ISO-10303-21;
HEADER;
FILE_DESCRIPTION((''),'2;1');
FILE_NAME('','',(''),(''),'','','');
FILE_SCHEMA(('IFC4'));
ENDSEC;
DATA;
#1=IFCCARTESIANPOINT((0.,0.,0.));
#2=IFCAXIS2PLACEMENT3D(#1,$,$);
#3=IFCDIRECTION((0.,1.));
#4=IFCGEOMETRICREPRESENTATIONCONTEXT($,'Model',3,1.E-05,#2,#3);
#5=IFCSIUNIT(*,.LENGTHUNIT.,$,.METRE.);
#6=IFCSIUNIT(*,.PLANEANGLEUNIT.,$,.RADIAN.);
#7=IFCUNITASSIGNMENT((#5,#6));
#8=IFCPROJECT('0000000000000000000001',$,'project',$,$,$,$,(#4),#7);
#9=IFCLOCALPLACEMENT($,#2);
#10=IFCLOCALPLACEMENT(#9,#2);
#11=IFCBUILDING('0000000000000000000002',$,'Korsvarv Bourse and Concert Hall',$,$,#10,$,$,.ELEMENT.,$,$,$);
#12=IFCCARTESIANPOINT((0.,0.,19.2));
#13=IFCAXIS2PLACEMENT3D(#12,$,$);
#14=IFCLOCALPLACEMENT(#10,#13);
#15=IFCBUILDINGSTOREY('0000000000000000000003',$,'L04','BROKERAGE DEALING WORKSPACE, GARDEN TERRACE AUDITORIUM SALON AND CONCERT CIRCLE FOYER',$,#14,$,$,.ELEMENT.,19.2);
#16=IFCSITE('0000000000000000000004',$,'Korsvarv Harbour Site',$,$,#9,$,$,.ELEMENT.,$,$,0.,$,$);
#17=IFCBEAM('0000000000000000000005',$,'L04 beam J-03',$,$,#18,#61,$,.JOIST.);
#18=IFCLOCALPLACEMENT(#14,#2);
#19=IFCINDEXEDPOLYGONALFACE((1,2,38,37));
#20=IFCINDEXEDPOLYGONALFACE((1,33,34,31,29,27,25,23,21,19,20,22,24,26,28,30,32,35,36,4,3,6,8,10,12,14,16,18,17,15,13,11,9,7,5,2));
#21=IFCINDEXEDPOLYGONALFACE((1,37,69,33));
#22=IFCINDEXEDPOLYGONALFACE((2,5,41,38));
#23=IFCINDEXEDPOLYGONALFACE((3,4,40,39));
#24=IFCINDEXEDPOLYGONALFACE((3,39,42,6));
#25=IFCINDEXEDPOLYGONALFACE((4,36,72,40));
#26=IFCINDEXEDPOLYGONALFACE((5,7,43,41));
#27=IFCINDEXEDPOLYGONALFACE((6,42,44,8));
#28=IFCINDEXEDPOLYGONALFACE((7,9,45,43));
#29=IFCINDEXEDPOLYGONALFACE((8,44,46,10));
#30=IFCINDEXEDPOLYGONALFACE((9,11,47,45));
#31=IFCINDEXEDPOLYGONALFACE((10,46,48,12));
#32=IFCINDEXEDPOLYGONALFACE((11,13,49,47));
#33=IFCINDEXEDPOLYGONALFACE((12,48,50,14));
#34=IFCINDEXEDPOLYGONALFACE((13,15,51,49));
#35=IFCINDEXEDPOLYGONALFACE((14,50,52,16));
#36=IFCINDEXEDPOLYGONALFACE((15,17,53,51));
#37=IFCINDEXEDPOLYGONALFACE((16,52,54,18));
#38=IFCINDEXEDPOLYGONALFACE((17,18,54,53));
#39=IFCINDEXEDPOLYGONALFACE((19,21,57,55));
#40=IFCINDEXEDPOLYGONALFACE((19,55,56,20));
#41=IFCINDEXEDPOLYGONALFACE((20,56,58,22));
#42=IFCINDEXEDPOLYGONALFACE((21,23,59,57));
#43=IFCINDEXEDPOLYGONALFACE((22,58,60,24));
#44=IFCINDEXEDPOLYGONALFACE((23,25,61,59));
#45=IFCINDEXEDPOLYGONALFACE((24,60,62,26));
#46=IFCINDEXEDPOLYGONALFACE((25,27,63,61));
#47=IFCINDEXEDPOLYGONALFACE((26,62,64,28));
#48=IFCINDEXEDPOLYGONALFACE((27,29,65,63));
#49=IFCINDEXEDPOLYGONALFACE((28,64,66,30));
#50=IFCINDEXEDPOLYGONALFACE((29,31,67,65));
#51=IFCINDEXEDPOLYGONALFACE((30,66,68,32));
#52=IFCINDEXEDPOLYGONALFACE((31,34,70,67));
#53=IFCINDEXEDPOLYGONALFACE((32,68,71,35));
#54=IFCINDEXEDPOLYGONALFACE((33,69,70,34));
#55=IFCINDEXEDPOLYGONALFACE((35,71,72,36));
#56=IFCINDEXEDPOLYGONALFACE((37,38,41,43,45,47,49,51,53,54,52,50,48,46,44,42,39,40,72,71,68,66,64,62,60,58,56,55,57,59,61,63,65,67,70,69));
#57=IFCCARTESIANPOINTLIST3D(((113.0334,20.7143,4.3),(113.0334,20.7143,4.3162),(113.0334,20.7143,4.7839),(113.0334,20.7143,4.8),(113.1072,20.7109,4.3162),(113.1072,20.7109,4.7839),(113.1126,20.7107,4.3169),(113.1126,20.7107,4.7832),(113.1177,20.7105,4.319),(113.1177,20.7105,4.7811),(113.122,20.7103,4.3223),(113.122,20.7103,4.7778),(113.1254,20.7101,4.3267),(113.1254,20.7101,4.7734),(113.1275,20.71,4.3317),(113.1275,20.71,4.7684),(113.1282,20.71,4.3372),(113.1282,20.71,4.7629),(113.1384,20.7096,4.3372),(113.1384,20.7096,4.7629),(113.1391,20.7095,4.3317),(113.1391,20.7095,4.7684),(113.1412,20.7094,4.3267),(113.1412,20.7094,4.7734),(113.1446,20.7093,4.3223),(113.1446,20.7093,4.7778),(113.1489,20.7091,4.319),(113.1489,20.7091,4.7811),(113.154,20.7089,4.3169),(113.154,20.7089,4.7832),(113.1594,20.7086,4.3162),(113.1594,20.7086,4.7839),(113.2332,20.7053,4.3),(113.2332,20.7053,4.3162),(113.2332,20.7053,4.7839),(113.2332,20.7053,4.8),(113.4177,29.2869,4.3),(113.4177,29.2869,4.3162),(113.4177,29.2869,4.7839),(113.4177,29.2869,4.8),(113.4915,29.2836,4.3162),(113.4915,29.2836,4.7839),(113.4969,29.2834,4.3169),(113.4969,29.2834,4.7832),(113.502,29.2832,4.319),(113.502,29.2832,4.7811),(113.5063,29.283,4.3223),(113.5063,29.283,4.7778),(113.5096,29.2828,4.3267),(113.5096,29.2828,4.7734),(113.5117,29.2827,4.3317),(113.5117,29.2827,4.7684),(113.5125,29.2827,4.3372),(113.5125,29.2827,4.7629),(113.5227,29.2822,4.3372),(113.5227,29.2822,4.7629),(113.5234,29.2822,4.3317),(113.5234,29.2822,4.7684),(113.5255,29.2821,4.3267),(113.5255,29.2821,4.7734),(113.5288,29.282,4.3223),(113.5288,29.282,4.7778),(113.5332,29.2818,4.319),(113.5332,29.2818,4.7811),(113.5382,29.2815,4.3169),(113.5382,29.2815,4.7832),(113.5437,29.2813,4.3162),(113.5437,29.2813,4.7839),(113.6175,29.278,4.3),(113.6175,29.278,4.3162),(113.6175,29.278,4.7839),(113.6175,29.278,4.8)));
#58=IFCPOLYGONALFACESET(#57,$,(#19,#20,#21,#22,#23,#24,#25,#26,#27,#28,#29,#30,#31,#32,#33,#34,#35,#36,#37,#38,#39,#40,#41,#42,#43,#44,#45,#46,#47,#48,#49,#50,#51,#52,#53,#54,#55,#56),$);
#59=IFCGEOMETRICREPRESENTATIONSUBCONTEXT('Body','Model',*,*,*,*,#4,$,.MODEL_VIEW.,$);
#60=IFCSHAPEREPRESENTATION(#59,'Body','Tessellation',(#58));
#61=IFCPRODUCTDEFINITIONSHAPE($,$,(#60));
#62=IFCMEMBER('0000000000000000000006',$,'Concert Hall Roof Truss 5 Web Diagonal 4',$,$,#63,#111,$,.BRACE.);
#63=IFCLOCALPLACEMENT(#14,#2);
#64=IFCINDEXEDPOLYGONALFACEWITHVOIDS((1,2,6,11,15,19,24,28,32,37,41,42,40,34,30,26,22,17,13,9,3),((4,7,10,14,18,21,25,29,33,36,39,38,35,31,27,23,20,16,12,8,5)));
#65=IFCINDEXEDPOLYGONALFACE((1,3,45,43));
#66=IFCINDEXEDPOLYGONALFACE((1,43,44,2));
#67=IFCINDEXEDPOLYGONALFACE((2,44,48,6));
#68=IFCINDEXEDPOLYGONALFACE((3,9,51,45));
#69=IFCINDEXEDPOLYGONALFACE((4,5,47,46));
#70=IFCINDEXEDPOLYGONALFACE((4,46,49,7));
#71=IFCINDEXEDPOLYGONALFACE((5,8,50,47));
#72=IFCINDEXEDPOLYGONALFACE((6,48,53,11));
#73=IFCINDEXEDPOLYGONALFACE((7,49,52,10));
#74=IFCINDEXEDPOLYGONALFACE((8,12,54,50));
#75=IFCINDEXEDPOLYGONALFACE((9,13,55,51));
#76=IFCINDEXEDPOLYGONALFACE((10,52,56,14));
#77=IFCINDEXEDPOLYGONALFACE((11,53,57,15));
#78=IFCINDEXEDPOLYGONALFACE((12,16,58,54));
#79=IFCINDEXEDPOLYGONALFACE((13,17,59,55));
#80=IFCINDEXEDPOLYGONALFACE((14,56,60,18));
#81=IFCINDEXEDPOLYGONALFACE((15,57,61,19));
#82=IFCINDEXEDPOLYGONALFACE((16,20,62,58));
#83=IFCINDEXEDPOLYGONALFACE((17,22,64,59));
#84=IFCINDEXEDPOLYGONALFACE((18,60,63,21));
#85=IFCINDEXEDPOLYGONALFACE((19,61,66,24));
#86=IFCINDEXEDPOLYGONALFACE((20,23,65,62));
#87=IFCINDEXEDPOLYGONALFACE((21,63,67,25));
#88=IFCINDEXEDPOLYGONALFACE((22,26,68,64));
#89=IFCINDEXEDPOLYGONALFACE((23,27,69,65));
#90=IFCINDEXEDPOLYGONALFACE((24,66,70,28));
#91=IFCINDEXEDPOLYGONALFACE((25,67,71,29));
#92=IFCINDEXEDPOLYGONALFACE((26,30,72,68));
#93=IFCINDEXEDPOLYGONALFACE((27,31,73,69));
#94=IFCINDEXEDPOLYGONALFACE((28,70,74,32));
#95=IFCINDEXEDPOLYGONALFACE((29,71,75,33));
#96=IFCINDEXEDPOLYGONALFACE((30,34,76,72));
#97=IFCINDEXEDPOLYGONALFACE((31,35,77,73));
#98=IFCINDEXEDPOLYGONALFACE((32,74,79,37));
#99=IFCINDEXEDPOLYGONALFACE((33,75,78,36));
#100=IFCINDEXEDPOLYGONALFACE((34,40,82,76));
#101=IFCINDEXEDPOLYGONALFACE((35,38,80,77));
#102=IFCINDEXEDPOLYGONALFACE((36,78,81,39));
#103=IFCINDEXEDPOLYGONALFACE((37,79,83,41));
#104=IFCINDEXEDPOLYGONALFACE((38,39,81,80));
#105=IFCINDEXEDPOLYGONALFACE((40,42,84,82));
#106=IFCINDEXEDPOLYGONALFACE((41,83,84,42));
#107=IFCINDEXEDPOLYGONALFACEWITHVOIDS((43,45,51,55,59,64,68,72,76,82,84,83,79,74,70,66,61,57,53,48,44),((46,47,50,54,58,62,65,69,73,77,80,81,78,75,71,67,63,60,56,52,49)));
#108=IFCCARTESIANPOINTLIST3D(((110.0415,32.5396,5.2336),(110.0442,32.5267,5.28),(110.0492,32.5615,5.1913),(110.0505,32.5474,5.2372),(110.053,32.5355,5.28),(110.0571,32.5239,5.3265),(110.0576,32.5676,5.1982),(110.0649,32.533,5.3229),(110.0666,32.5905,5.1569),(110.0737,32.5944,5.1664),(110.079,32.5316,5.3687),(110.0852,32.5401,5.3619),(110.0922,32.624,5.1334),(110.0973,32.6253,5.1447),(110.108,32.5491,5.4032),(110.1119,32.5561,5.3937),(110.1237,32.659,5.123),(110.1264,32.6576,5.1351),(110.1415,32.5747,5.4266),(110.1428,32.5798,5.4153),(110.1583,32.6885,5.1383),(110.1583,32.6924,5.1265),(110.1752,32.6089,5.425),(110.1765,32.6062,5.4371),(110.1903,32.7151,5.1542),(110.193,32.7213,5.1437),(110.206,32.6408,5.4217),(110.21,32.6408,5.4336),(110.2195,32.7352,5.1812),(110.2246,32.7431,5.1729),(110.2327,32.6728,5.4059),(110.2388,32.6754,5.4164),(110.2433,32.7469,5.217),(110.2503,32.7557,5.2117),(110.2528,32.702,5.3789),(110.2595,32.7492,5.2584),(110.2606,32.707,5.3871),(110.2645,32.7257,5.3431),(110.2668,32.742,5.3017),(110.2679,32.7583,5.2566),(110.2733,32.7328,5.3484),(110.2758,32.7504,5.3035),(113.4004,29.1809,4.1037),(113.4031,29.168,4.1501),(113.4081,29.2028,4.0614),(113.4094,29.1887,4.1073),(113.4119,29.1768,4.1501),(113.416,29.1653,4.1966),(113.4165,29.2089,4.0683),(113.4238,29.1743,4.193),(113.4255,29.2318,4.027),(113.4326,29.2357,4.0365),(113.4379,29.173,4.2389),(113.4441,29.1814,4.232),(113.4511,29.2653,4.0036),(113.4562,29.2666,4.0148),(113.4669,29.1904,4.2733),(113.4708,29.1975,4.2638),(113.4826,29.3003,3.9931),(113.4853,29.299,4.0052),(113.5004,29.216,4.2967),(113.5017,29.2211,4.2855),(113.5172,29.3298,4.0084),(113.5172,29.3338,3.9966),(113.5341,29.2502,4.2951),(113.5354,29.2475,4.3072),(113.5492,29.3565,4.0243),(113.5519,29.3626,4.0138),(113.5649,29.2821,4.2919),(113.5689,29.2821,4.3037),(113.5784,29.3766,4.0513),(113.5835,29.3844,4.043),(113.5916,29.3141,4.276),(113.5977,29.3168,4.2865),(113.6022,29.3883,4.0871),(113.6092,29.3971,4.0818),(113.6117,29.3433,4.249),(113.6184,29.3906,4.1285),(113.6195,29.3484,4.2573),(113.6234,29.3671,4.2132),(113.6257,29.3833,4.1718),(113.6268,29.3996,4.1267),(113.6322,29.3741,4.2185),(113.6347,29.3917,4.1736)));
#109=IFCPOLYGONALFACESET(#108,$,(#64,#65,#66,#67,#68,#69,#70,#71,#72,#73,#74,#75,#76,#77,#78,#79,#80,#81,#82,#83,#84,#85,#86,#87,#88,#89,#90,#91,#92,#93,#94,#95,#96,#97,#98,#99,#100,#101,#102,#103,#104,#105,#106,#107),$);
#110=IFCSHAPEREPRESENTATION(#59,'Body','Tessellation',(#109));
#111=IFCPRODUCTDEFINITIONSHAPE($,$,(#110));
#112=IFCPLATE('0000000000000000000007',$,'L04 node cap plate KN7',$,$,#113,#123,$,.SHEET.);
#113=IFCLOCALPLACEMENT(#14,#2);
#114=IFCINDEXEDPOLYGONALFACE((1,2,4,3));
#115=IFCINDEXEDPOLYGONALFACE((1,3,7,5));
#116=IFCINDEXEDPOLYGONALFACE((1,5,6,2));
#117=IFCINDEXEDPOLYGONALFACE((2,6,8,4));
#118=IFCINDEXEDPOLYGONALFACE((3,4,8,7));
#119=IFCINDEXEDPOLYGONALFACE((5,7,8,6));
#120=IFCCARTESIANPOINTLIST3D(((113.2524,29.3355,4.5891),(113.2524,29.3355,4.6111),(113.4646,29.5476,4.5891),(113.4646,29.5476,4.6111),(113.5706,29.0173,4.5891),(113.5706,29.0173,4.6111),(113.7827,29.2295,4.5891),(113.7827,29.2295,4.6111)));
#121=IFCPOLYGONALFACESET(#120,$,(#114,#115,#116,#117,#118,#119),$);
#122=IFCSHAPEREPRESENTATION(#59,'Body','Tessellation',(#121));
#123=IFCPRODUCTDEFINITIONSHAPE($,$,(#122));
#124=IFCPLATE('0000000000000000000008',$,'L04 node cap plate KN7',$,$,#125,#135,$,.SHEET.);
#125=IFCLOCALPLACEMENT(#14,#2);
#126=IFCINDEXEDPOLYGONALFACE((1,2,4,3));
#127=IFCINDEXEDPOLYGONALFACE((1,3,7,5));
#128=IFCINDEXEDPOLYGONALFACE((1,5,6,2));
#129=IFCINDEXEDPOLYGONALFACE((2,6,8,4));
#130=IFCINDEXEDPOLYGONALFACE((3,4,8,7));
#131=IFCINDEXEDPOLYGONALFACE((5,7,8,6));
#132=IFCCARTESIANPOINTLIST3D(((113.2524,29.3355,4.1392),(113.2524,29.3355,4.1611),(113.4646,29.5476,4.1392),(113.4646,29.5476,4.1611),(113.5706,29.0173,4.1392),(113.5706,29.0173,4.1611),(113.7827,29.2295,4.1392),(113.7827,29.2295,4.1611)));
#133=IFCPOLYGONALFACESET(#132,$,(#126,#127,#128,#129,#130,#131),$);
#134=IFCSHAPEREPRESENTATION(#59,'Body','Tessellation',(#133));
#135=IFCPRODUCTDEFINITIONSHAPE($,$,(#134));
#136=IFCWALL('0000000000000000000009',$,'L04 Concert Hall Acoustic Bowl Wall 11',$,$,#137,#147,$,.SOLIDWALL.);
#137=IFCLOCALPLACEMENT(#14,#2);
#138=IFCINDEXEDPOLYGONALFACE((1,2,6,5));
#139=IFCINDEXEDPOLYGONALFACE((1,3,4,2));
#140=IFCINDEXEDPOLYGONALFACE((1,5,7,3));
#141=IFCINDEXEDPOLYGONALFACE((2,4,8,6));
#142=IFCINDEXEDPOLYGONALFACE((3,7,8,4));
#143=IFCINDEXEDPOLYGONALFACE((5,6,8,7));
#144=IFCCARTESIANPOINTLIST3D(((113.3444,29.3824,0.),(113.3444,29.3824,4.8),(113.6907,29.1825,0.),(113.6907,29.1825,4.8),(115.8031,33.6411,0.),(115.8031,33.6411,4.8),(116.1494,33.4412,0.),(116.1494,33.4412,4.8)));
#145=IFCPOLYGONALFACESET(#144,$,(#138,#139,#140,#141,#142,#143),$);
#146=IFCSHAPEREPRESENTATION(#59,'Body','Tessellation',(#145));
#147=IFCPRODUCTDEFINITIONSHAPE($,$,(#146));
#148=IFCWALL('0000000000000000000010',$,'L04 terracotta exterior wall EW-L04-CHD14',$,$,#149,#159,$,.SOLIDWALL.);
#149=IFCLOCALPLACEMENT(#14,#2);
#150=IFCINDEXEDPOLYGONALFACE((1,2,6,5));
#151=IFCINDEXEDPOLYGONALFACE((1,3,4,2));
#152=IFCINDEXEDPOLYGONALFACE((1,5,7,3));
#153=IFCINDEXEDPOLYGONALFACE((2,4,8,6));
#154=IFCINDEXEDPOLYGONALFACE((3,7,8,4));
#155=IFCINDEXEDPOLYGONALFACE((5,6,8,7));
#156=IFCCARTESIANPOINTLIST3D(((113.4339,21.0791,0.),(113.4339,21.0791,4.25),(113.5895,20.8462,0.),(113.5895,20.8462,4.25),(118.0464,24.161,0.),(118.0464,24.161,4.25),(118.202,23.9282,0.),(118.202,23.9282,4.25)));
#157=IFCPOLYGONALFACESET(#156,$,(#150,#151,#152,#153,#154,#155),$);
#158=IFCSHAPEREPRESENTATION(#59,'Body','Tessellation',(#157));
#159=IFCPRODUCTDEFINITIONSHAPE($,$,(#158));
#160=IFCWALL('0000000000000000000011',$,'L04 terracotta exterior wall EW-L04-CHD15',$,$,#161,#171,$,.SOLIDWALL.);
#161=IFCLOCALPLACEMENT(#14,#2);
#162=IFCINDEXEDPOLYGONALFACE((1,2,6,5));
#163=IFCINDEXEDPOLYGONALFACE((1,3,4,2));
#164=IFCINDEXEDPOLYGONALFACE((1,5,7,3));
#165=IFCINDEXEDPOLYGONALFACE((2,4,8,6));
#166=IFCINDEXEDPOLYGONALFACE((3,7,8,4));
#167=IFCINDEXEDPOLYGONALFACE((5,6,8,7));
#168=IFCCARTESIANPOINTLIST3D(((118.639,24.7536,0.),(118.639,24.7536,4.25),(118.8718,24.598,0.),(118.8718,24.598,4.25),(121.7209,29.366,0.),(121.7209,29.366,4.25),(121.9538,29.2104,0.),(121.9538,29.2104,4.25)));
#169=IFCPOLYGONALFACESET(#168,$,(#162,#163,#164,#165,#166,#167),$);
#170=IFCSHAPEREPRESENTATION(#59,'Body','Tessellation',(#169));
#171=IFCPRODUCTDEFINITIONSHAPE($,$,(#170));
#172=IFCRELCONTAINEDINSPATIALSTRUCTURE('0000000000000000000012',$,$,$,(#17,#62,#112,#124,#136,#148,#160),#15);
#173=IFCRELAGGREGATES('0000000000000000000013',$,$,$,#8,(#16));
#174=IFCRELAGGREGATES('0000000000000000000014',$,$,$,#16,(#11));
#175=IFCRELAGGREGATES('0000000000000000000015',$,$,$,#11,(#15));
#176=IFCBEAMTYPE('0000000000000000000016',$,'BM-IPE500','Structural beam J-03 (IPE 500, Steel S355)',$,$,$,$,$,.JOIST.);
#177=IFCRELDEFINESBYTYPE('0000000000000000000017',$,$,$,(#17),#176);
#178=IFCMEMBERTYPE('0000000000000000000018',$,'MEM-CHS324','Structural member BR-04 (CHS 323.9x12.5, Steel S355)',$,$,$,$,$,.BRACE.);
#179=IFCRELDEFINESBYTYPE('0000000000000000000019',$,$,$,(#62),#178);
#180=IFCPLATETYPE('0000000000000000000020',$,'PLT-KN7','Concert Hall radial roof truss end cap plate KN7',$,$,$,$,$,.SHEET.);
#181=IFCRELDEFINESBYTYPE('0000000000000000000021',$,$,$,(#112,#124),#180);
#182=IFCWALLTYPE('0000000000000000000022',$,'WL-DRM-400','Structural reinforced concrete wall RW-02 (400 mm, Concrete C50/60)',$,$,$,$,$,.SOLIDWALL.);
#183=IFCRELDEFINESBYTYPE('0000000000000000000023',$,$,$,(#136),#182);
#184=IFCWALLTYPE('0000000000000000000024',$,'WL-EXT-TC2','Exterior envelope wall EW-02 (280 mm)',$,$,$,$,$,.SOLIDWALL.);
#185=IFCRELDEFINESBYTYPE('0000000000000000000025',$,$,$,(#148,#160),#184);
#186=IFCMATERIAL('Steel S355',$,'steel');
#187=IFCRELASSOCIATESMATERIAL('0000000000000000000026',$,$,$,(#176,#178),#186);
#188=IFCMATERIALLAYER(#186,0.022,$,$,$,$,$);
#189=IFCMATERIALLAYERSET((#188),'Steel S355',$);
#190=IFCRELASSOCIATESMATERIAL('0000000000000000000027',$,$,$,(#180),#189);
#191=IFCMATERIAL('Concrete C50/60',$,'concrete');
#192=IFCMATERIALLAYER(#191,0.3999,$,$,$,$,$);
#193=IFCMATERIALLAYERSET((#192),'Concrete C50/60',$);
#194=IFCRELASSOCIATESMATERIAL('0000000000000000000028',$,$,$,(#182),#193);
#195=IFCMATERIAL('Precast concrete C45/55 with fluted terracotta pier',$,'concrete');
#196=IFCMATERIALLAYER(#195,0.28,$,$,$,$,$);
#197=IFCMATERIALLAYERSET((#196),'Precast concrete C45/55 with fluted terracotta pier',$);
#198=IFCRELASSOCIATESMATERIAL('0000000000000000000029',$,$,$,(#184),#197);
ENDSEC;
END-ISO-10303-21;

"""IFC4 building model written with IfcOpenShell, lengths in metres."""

from ifc_helpers import new_model, si_unit, direction, frame, frame_2d, origin, origin_2d, place, context, subcontext, project, spatial, rectangle, hollow_circle, i_section, extrude, source, transform, mapped, material, layer, layer_set, material_profile, profile_set, type_object, element, save


model = new_model("IFC4")

# Units and contexts
model_context = context("Model", 3, precision=1e-05, world=origin(), true_north=direction((0.0, 1.0)))
body_context = subcontext(model_context, "Body", "Model", "MODEL_VIEW")
ifc_project = project(units=[si_unit("LENGTHUNIT", "METRE"), si_unit("PLANEANGLEUNIT", "RADIAN")], contexts=[model_context])

# Site, building, storey
site_placement = place(None, origin())
site = spatial("IfcSite", under=ifc_project, at=site_placement, Name="Korsvarv Harbour Site", CompositionType="ELEMENT", RefElevation=0.0)
building_placement = place(site_placement, origin())
building = spatial("IfcBuilding", under=site, at=building_placement, Name="Korsvarv Bourse and Concert Hall", CompositionType="ELEMENT")
storey_placement = place(building_placement, frame((0.0, 0.0, 19.2)))
storey = spatial("IfcBuildingStorey", under=building, at=storey_placement, Name="L04", Description="BROKERAGE DEALING WORKSPACE, GARDEN TERRACE AUDITORIUM SALON AND CONCERT CIRCLE FOYER", CompositionType="ELEMENT", Elevation=19.2)

# Shared definitions
ifc_material_1 = material(Name="Concrete C50/60", Category="concrete")

# Beam
ifc_material_2 = material(Name="Steel S355", Category="steel")
ifc_material_profile_1 = material_profile(ifc_material_2, i_section(OverallWidth=0.2, OverallDepth=0.5, WebThickness=0.0103, FlangeThickness=0.0161, FilletRadius=0.021, at=origin_2d()), Name="IPE 500")
ifc_profile_set_1 = profile_set([ifc_material_profile_1], Name="Steel S355")
beam_type_1 = type_object("IfcBeamType", Name="BM-IPE500", Description="Structural beam J-03 (IPE 500, Steel S355)", PredefinedType="JOIST", material=ifc_profile_set_1)
shared_shape_1 = source(origin(), body_context, "Body", "SweptSolid", [
    extrude(i_section(OverallWidth=0.2, OverallDepth=0.5, WebThickness=0.0103, FlangeThickness=0.0161, FilletRadius=0.021, at=origin_2d()), origin(), (0.0, 0.0, 1.0), 8.5813),
])
beam_1_placement = place(storey_placement, frame((113.5176, 29.2825, 4.55), z_axis=(-0.04478, -0.998997, 0.0), x_axis=(0.998997, -0.04478, 0.0)))
element("IfcBeam", 1, at=beam_1_placement, inside=storey, type_object=beam_type_1, Name="L04 beam J-03", PredefinedType="JOIST", context=body_context, shape_type="MappedRepresentation", body=[
    mapped(shared_shape_1, transform((0.0, 0.0, 0.0), scale=1.0)),
])

# Member
ifc_material_profile_2 = material_profile(ifc_material_2, hollow_circle(Radius=0.1619, WallThickness=0.0125, at=origin_2d()), Name="CHS 323.9x12.5")
ifc_profile_set_2 = profile_set([ifc_material_profile_2], Name="Steel S355")
member_type = type_object("IfcMemberType", Name="MEM-CHS324", Description="Structural member BR-04 (CHS 323.9x12.5, Steel S355)", PredefinedType="BRACE", material=ifc_profile_set_2)
shared_shape_2 = source(origin(), body_context, "Body", "SweptSolid", [
    extrude(hollow_circle(Radius=0.1619, WallThickness=0.0125, at=origin_2d()), origin(), (0.0, 0.0, 1.0), 4.8826),
])
member_placement = place(storey_placement, frame((113.5176, 29.2825, 4.1501), z_axis=(-0.687938, 0.687888, 0.231413), x_axis=(-0.707081, -0.707132, 0.0)))
element("IfcMember", 2, at=member_placement, inside=storey, type_object=member_type, Name="Concert Hall Roof Truss 5 Web Diagonal 4", PredefinedType="BRACE", context=body_context, shape_type="MappedRepresentation", body=[
    mapped(shared_shape_2, transform((0.0, 0.0, 0.0), scale=1.0)),
])

# Plates
ifc_layer_1 = layer(ifc_material_2, 0.022)
ifc_layer_set_1 = layer_set([ifc_layer_1], Name="Steel S355")
plate_type = type_object("IfcPlateType", Name="PLT-KN7", Description="Concert Hall radial roof truss end cap plate KN7", PredefinedType="SHEET", material=ifc_layer_set_1)
shared_shape_3 = source(origin(), body_context, "Body", "SweptSolid", [
    extrude(rectangle(XDim=0.45, YDim=0.3, at=origin_2d()), origin(), (0.0, 0.0, 1.0), 0.022),
])
for number, where, z_axis, x_axis, name in (
    (3, (113.5176, 29.2825, 4.5891), (0.0, 0.0, 1.0), (-0.707107, 0.707107, 0.0), "L04 node cap plate KN7"),
    (4, (113.5176, 29.2825, 4.1392), (0.0, 0.0, 1.0), (-0.707107, 0.707107, 0.0), "L04 node cap plate KN7"),
):
    element("IfcPlate", number, at=place(storey_placement, frame(where, z_axis=z_axis, x_axis=x_axis)), inside=storey, type_object=plate_type, Name=name, PredefinedType="SHEET", context=body_context, shape_type="MappedRepresentation", body=[
        mapped(shared_shape_3, transform((0.0, 0.0, 0.0), scale=1.0)),
    ])

# Walls
ifc_layer_2 = layer(ifc_material_1, 0.3999)
ifc_layer_set_2 = layer_set([ifc_layer_2], Name="Concrete C50/60")
wall_type_1 = type_object("IfcWallType", Name="WL-DRM-400", Description="Structural reinforced concrete wall RW-02 (400 mm, Concrete C50/60)", PredefinedType="SOLIDWALL", material=ifc_layer_set_2)
wall_1_placement = place(storey_placement, frame((113.5176, 29.2825, 0.0), z_axis=(0.0, 0.0, 1.0), x_axis=(0.499989, 0.866032, 0.0)))
element("IfcWall", 5, at=wall_1_placement, inside=storey, type_object=wall_type_1, Name="L04 Concert Hall Acoustic Bowl Wall 11", PredefinedType="SOLIDWALL", context=body_context, shape_type="SweptSolid", body=[
    extrude(rectangle(XDim=4.9175, YDim=0.3999, at=frame_2d((2.4587, 0.0))), origin(), (0.0, 0.0, 1.0), 4.8),
])
ifc_material_3 = material(Name="Precast concrete C45/55 with fluted terracotta pier", Category="concrete")
ifc_layer_3 = layer(ifc_material_3, 0.28)
ifc_layer_set_3 = layer_set([ifc_layer_3], Name="Precast concrete C45/55 with fluted terracotta pier")
wall_type_2 = type_object("IfcWallType", Name="WL-EXT-TC2", Description="Exterior envelope wall EW-02 (280 mm)", PredefinedType="SOLIDWALL", material=ifc_layer_set_3)
for number, where, z_axis, x_axis, name in (
    (6, (113.5117, 20.9626, 0.0), (0.0, 0.0, 1.0), (0.831468, 0.555573, 0.0), "L04 terracotta exterior wall EW-L04-CHD14"),
    (7, (118.7554, 24.6758, 0.0), (0.0, 0.0, 1.0), (0.555573, 0.831468, 0.0), "L04 terracotta exterior wall EW-L04-CHD15"),
):
    element("IfcWall", number, at=place(storey_placement, frame(where, z_axis=z_axis, x_axis=x_axis)), inside=storey, type_object=wall_type_2, Name=name, PredefinedType="SOLIDWALL", context=body_context, shape_type="SweptSolid", body=[
        extrude(rectangle(XDim=5.5474, YDim=0.28, at=frame_2d((2.7737, 0.0))), origin(), (0.0, 0.0, 1.0), 4.25),
    ])

save(model, "model.ifc")
